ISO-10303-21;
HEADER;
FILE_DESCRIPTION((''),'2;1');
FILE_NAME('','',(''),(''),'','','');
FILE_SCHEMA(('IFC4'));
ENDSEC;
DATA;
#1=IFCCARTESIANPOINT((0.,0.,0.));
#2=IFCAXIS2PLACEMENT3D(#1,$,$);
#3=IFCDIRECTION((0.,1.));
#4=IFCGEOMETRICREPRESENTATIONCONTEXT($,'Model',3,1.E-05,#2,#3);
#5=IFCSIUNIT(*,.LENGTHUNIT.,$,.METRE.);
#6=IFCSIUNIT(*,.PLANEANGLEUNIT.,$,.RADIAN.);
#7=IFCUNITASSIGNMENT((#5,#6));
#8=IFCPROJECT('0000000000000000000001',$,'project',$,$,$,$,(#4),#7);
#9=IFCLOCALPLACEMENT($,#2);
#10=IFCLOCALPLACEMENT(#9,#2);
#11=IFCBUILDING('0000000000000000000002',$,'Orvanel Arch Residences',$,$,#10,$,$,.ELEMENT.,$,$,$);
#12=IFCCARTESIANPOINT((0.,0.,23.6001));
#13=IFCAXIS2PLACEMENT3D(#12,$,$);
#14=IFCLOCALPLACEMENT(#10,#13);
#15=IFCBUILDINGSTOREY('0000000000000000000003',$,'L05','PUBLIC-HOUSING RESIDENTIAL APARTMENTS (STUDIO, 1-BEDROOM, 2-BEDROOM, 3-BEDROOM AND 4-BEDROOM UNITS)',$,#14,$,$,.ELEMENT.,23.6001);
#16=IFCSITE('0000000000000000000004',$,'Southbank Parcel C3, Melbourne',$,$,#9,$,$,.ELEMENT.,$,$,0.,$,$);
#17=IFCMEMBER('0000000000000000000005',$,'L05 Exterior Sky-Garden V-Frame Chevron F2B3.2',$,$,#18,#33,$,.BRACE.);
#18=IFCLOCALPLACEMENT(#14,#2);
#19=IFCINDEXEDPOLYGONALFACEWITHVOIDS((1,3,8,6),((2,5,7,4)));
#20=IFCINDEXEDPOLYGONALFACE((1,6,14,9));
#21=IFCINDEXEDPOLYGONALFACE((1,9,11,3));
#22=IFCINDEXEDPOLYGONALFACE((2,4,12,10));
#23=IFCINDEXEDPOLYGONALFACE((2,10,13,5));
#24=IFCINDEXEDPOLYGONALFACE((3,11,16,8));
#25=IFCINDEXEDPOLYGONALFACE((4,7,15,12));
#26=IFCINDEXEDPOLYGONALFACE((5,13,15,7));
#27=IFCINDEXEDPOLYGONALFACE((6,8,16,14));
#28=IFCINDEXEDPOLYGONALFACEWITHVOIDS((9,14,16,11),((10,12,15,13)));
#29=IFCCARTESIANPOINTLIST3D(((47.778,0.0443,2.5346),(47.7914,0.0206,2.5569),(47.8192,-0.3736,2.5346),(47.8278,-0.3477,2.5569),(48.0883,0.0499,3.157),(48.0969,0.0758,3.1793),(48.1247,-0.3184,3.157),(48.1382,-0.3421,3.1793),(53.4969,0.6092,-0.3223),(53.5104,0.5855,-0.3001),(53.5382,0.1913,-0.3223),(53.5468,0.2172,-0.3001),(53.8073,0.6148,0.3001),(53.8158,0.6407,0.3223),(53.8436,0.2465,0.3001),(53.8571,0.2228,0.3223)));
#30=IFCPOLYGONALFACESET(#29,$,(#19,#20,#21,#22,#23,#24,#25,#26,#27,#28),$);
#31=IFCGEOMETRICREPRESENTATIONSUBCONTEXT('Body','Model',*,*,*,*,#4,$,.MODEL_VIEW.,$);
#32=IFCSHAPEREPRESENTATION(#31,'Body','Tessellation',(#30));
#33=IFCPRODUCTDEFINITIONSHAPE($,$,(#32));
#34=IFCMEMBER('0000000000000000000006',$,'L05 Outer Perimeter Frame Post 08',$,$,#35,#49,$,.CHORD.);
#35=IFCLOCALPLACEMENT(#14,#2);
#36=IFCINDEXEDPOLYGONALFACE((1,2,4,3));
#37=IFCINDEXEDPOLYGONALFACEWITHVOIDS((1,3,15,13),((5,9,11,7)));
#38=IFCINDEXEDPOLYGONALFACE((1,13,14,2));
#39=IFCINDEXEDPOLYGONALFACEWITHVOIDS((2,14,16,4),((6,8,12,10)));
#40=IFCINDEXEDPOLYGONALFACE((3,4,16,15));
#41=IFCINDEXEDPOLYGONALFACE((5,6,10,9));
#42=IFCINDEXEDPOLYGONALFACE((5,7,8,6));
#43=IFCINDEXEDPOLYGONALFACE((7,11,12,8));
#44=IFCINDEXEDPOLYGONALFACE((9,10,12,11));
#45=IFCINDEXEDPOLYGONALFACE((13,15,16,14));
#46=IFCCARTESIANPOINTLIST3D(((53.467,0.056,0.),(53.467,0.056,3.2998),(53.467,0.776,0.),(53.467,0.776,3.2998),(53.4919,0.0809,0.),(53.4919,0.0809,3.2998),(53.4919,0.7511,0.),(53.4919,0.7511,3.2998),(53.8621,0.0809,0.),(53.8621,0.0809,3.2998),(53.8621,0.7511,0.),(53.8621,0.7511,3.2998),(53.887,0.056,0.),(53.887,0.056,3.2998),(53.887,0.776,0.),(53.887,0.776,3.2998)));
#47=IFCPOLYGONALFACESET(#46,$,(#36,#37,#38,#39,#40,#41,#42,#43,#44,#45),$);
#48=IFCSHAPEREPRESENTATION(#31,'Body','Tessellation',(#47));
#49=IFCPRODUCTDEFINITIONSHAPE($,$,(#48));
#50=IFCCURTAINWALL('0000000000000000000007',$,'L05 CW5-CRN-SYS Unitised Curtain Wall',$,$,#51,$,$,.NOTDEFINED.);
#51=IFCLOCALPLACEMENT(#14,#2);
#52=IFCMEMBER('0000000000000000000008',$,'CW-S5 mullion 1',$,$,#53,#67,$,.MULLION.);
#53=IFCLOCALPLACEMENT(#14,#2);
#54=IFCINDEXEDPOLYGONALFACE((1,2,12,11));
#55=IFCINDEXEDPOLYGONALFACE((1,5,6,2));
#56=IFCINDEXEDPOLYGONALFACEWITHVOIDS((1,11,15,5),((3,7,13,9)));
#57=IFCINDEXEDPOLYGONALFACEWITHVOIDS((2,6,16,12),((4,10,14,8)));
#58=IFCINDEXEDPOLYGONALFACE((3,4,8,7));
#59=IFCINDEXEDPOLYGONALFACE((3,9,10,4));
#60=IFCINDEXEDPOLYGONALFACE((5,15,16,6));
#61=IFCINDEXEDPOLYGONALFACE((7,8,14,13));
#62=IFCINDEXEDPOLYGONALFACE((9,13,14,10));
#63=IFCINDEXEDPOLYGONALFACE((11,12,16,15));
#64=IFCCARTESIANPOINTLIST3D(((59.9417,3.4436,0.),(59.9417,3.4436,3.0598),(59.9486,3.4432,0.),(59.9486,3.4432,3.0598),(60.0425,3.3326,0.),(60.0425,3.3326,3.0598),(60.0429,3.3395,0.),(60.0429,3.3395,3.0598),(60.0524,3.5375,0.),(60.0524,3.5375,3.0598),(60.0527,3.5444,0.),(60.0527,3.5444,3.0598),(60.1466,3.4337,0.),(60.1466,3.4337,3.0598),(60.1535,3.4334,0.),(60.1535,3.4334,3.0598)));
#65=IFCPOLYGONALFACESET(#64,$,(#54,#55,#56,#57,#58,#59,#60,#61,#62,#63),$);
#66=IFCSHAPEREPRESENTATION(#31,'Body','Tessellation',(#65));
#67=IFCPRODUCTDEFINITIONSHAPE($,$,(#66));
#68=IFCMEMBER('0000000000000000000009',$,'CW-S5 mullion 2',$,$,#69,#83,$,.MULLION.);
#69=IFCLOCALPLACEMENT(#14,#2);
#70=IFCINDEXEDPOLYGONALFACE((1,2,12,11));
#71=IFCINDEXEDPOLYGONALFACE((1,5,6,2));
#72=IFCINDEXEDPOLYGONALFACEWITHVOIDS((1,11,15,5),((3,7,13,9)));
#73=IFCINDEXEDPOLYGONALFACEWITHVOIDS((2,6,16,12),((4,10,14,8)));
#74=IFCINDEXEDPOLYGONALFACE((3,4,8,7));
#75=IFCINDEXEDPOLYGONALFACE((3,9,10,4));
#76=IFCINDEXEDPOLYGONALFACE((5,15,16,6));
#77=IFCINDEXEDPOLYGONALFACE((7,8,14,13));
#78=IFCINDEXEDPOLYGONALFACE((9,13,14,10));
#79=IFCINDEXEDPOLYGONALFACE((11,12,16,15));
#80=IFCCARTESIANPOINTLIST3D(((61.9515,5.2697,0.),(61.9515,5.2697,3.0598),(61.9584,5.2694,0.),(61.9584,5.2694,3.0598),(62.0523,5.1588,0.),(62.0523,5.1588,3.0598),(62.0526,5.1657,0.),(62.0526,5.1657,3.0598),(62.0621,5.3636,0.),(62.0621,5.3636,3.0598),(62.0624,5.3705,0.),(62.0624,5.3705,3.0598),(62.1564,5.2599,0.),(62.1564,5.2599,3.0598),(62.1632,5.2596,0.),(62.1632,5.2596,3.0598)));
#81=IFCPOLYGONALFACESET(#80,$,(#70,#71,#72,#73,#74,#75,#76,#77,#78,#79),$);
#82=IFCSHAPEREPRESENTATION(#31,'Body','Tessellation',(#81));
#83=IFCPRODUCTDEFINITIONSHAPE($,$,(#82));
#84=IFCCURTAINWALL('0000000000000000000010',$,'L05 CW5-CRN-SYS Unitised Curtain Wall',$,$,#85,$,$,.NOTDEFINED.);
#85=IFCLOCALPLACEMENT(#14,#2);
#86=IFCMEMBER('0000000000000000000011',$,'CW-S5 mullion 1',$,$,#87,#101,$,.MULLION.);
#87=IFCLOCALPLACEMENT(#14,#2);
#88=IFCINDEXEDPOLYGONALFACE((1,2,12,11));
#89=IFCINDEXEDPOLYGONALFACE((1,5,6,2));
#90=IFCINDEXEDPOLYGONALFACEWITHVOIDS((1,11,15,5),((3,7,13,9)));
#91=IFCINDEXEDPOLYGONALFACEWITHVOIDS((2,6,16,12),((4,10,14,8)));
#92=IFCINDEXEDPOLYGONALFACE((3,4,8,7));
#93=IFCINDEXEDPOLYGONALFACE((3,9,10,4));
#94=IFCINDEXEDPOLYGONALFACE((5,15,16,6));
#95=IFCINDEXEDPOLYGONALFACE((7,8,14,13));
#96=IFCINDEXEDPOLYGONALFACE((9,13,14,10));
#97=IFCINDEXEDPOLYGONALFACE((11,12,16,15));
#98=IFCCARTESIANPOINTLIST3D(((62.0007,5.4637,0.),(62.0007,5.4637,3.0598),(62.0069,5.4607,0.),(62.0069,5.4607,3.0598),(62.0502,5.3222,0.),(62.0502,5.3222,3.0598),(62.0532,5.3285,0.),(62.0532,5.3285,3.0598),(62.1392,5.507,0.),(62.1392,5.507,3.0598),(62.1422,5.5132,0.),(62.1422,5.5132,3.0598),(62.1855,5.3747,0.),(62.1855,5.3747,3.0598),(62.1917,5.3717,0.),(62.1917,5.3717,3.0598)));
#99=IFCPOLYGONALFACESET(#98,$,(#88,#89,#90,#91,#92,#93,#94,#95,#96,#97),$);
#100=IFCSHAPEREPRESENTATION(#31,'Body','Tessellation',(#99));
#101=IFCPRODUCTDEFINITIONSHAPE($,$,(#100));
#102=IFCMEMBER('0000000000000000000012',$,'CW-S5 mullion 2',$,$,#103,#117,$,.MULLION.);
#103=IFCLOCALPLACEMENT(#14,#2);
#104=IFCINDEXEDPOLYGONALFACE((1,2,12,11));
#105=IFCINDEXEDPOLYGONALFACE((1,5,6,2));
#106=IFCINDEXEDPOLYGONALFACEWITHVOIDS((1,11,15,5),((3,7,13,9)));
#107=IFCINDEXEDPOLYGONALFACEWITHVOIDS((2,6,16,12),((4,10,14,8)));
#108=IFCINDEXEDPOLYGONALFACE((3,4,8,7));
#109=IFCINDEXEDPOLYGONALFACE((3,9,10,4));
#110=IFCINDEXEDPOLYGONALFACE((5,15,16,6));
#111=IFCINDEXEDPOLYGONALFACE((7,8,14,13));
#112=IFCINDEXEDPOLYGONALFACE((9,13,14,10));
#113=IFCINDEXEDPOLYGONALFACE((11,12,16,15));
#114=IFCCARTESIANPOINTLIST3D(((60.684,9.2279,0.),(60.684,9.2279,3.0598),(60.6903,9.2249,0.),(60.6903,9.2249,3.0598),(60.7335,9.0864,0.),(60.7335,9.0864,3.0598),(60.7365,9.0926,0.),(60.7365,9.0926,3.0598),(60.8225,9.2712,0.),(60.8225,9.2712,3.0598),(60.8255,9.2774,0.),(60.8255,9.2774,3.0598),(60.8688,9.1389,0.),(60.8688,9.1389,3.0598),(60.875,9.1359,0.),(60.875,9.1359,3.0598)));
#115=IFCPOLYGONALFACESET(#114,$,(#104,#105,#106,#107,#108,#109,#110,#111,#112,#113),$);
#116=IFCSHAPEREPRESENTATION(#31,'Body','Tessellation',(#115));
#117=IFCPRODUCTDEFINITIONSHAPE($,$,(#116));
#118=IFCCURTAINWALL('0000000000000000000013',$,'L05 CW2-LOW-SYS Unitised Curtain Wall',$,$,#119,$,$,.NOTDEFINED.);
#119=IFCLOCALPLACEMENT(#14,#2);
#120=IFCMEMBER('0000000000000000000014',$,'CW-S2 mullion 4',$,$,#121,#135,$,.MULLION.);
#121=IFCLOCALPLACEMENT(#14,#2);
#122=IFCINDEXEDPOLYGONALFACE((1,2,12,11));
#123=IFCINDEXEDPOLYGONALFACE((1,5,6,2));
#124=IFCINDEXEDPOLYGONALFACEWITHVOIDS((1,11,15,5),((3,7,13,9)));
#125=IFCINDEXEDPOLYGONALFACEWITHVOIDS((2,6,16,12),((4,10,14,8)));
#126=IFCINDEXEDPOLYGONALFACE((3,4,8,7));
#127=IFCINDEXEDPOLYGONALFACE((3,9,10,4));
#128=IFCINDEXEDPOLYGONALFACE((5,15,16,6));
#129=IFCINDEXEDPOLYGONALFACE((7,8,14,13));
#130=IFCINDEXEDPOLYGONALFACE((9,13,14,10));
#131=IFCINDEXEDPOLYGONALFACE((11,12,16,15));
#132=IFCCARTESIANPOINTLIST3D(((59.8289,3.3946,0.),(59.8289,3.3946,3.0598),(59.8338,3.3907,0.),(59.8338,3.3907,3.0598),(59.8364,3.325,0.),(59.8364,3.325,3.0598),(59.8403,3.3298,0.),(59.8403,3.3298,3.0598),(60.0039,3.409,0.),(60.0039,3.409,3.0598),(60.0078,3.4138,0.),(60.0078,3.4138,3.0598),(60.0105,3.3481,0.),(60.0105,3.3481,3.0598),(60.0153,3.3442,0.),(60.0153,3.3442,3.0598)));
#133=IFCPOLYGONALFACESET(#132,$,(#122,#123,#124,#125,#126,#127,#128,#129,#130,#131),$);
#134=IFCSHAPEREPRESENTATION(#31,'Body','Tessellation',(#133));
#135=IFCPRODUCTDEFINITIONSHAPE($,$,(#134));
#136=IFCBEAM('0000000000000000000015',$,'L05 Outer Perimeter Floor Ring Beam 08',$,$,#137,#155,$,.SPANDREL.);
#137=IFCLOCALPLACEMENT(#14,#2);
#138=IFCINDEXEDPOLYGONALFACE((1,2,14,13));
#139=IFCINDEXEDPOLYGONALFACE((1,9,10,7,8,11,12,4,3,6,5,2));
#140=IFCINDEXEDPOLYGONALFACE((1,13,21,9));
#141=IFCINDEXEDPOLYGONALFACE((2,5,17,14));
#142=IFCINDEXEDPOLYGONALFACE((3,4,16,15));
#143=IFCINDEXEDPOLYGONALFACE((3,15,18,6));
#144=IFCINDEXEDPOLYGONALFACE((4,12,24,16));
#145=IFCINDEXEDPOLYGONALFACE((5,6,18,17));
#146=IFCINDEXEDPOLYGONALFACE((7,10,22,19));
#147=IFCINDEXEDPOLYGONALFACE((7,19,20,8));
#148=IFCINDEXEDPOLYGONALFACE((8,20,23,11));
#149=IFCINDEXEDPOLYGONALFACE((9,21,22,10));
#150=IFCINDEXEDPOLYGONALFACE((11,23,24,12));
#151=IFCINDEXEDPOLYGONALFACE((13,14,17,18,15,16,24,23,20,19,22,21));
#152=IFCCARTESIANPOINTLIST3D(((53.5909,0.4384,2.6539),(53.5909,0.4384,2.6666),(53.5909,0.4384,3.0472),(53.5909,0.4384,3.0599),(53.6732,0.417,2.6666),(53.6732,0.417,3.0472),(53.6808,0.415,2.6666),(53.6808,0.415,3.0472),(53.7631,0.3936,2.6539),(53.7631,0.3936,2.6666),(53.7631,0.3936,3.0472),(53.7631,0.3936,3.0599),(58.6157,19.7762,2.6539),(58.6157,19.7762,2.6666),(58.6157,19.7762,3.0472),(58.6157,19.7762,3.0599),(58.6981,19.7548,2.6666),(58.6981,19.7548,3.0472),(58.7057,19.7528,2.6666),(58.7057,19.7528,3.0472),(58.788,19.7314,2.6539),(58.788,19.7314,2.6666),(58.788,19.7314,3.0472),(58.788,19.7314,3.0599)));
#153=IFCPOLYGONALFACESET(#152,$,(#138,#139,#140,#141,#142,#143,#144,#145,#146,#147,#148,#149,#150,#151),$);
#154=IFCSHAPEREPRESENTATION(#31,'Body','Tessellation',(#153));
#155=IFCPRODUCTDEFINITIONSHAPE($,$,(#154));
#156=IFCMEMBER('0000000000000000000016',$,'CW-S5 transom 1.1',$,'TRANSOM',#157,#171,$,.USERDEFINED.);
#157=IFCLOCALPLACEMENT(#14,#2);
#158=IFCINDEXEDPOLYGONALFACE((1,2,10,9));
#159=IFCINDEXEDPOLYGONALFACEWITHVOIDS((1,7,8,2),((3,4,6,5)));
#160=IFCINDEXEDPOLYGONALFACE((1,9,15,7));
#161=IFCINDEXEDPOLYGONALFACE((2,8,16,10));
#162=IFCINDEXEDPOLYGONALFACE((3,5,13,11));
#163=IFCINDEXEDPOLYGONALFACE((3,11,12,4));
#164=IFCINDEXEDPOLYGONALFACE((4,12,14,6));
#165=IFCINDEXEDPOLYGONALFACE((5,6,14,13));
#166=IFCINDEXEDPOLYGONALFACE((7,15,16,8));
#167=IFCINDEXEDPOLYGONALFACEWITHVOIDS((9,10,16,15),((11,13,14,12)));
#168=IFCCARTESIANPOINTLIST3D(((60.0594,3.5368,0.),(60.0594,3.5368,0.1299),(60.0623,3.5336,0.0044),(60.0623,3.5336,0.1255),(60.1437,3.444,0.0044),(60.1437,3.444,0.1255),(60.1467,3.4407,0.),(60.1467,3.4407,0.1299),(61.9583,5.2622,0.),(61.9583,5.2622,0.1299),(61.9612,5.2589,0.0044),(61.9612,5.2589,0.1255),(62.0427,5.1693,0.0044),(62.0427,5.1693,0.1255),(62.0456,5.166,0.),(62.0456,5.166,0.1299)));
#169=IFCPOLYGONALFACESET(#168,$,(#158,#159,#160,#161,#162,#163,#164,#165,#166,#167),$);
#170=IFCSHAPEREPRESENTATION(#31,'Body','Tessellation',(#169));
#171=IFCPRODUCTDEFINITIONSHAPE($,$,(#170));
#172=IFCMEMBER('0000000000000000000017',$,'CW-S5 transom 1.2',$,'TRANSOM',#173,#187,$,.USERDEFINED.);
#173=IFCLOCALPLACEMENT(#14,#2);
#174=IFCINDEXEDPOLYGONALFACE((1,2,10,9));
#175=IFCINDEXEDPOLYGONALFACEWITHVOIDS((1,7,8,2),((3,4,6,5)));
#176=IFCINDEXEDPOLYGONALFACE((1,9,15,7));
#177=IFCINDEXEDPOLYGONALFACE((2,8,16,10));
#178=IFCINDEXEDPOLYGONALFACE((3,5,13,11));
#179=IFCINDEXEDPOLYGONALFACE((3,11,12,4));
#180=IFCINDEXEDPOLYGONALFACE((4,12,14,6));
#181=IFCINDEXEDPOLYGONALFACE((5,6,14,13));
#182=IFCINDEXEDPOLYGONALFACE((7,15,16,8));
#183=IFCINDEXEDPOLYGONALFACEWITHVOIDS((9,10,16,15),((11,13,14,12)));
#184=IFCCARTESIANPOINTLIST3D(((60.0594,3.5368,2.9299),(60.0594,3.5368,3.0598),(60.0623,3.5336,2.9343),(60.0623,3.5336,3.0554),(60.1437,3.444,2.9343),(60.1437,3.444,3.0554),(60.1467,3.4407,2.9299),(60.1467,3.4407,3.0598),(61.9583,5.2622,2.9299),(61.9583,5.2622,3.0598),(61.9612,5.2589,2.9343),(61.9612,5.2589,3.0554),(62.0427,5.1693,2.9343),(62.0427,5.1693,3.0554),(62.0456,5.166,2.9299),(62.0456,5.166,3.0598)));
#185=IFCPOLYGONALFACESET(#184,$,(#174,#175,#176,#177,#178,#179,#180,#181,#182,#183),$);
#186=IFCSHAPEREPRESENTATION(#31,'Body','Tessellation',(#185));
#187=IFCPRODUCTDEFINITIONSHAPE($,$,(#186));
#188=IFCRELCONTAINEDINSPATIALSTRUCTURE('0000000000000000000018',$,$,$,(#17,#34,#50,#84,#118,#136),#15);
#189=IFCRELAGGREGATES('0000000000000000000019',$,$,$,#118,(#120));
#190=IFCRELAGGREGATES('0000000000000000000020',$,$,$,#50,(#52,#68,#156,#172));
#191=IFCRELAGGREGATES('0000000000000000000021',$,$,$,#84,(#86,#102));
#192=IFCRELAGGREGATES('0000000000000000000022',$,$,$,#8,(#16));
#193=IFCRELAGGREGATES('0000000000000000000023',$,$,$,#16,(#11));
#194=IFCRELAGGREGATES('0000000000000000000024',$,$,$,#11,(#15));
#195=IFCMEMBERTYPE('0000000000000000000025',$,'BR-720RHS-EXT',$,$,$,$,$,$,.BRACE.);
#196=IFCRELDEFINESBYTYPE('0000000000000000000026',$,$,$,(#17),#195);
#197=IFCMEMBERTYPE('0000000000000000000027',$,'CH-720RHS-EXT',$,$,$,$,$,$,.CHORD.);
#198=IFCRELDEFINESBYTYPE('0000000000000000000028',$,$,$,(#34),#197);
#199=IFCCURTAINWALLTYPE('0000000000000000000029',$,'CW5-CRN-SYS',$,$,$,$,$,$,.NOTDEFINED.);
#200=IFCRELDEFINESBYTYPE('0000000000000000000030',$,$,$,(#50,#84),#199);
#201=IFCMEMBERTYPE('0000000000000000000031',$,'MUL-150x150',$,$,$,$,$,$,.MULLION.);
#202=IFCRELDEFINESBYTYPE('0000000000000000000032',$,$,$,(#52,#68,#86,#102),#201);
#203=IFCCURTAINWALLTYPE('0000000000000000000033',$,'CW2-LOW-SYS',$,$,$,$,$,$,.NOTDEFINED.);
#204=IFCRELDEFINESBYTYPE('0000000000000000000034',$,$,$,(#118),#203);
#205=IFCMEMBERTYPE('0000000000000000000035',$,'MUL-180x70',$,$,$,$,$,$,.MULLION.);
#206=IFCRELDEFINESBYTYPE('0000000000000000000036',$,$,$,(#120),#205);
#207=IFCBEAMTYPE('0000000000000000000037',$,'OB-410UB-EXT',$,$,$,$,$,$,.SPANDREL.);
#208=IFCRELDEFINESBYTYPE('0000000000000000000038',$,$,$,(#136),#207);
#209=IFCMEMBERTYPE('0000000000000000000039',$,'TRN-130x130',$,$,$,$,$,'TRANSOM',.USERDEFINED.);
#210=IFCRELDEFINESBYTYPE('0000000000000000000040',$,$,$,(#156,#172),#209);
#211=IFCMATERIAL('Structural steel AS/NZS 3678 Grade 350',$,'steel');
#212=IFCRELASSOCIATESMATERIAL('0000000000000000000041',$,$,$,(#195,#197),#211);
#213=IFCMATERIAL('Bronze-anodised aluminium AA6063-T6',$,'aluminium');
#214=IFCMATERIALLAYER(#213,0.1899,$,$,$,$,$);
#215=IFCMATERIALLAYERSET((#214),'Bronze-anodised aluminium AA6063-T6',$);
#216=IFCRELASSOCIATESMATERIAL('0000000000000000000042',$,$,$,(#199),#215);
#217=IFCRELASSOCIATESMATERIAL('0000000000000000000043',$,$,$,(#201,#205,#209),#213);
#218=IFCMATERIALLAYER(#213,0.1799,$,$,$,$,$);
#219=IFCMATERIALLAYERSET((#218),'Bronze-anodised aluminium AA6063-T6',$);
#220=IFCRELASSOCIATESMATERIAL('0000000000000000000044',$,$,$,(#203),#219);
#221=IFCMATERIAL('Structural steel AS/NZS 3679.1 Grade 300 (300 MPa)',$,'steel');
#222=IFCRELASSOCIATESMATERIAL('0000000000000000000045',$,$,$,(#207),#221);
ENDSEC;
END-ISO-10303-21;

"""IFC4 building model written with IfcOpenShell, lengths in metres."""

from ifc_helpers import new_model, si_unit, direction, frame, origin, origin_2d, place, context, subcontext, project, spatial, hollow_rectangle, i_section, extrude, material, layer, layer_set, material_profile, profile_set, type_object, element, aggregate, save


model = new_model("IFC4")

# Units and contexts
model_context = context("Model", 3, precision=1e-05, world=origin(), true_north=direction((0.0, 1.0)))
body_context = subcontext(model_context, "Body", "Model", "MODEL_VIEW")
ifc_project = project(units=[si_unit("LENGTHUNIT", "METRE"), si_unit("PLANEANGLEUNIT", "RADIAN")], contexts=[model_context])

# Site, building, storey
site_placement = place(None, origin())
site = spatial("IfcSite", under=ifc_project, at=site_placement, Name="Southbank Parcel C3, Melbourne", CompositionType="ELEMENT", RefElevation=0.0)
building_placement = place(site_placement, origin())
building = spatial("IfcBuilding", under=site, at=building_placement, Name="Orvanel Arch Residences", CompositionType="ELEMENT")
storey_placement = place(building_placement, frame((0.0, 0.0, 23.6001)))
storey = spatial("IfcBuildingStorey", under=building, at=storey_placement, Name="L05", Description="PUBLIC-HOUSING RESIDENTIAL APARTMENTS (STUDIO, 1-BEDROOM, 2-BEDROOM, 3-BEDROOM AND 4-BEDROOM UNITS)", CompositionType="ELEMENT", Elevation=23.6001)

# Members
ifc_material_1 = material(Name="Structural steel AS/NZS 3678 Grade 350", Category="steel")
ifc_material_profile_1 = material_profile(ifc_material_1, hollow_rectangle(XDim=0.4199, YDim=0.72, WallThickness=0.0249, at=origin_2d()), Name="RHS720x420x25")
ifc_profile_set_1 = profile_set([ifc_material_profile_1], Name="Structural steel AS/NZS 3678 Grade 350")
member_type_1 = type_object("IfcMemberType", Name="BR-720RHS-EXT", PredefinedType="BRACE", material=ifc_profile_set_1)
member_1_placement = place(storey_placement, frame((53.677, 0.416, 0.0), z_axis=(-0.891115, -0.088027, 0.445158), x_axis=(0.098305, -0.995156, 0.0)))
element("IfcMember", 1, at=member_1_placement, inside=storey, type_object=member_type_1, Name="L05 Exterior Sky-Garden V-Frame Chevron F2B3.2", PredefinedType="BRACE", context=body_context, shape_type="SweptSolid", body=[
    extrude(hollow_rectangle(XDim=0.4199, YDim=0.72, WallThickness=0.0249, at=origin_2d()), origin(), (0.0, 0.0, 1.0), 6.4177),
])
ifc_material_profile_2 = material_profile(ifc_material_1, hollow_rectangle(XDim=0.4199, YDim=0.72, WallThickness=0.0249, at=origin_2d()), Name="RHS720x420x25")
ifc_profile_set_2 = profile_set([ifc_material_profile_2], Name="Structural steel AS/NZS 3678 Grade 350")
member_type_2 = type_object("IfcMemberType", Name="CH-720RHS-EXT", PredefinedType="CHORD", material=ifc_profile_set_2)
member_2_placement = place(storey_placement, frame((53.677, 0.416, 0.0), z_axis=(0.0, 0.0, 1.0), x_axis=(1.0, 0.0, 0.0)))
element("IfcMember", 2, at=member_2_placement, inside=storey, type_object=member_type_2, Name="L05 Outer Perimeter Frame Post 08", PredefinedType="CHORD", context=body_context, shape_type="SweptSolid", body=[
    extrude(hollow_rectangle(XDim=0.4199, YDim=0.72, WallThickness=0.0249, at=origin_2d()), origin(), (0.0, 0.0, 1.0), 3.2998),
])

# Curtain walls, members
ifc_material_2 = material(Name="Bronze-anodised aluminium AA6063-T6", Category="aluminium")
ifc_layer_1 = layer(ifc_material_2, 0.1899)
ifc_layer_set_1 = layer_set([ifc_layer_1], Name="Bronze-anodised aluminium AA6063-T6")
curtain_wall_type_1 = type_object("IfcCurtainWallType", Name="CW5-CRN-SYS", PredefinedType="NOTDEFINED", material=ifc_layer_set_1)
curtain_wall_1_placement = place(storey_placement, origin())
curtain_wall_1 = element("IfcCurtainWall", 3, at=curtain_wall_1_placement, inside=storey, type_object=curtain_wall_type_1, Name="L05 CW5-CRN-SYS Unitised Curtain Wall", PredefinedType="NOTDEFINED")
ifc_material_profile_3 = material_profile(ifc_material_2, hollow_rectangle(XDim=0.1499, YDim=0.1499, WallThickness=0.0049, at=origin_2d()), Name="ALU150x150x5")
ifc_profile_set_3 = profile_set([ifc_material_profile_3], Name="Bronze-anodised aluminium AA6063-T6")
member_type_3 = type_object("IfcMemberType", Name="MUL-150x150", PredefinedType="MULLION", material=ifc_profile_set_3)
member_3_placement = place(storey_placement, frame((60.0476, 3.4385, 0.0), z_axis=(0.0, 0.0, 1.0), x_axis=(-0.672447, 0.740145, 0.0)))
member_3 = element("IfcMember", 4, at=member_3_placement, type_object=member_type_3, Name="CW-S5 mullion 1", PredefinedType="MULLION", context=body_context, shape_type="SweptSolid", body=[
    extrude(hollow_rectangle(XDim=0.1499, YDim=0.1499, WallThickness=0.0049, at=origin_2d()), origin(), (0.0, 0.0, 1.0), 3.0598),
])
member_4_placement = place(storey_placement, frame((62.0574, 5.2646, 0.0), z_axis=(0.0, 0.0, 1.0), x_axis=(-0.672447, 0.740145, 0.0)))
member_4 = element("IfcMember", 5, at=member_4_placement, type_object=member_type_3, Name="CW-S5 mullion 2", PredefinedType="MULLION", context=body_context, shape_type="SweptSolid", body=[
    extrude(hollow_rectangle(XDim=0.1499, YDim=0.1499, WallThickness=0.0049, at=origin_2d()), origin(), (0.0, 0.0, 1.0), 3.0598),
])
curtain_wall_2_placement = place(storey_placement, origin())
curtain_wall_2 = element("IfcCurtainWall", 6, at=curtain_wall_2_placement, inside=storey, type_object=curtain_wall_type_1, Name="L05 CW5-CRN-SYS Unitised Curtain Wall", PredefinedType="NOTDEFINED")
member_5_placement = place(storey_placement, frame((62.0962, 5.4177, 0.0), z_axis=(0.0, 0.0, 1.0), x_axis=(-0.943916, -0.330186, 0.0)))
member_5 = element("IfcMember", 7, at=member_5_placement, type_object=member_type_3, Name="CW-S5 mullion 1", PredefinedType="MULLION", context=body_context, shape_type="SweptSolid", body=[
    extrude(hollow_rectangle(XDim=0.1499, YDim=0.1499, WallThickness=0.0049, at=origin_2d()), origin(), (0.0, 0.0, 1.0), 3.0598),
])
member_6_placement = place(storey_placement, frame((60.7795, 9.1819, 0.0), z_axis=(0.0, 0.0, 1.0), x_axis=(-0.943916, -0.330186, 0.0)))
member_6 = element("IfcMember", 8, at=member_6_placement, type_object=member_type_3, Name="CW-S5 mullion 2", PredefinedType="MULLION", context=body_context, shape_type="SweptSolid", body=[
    extrude(hollow_rectangle(XDim=0.1499, YDim=0.1499, WallThickness=0.0049, at=origin_2d()), origin(), (0.0, 0.0, 1.0), 3.0598),
])

# Curtain wall, member
ifc_layer_2 = layer(ifc_material_2, 0.1799)
ifc_layer_set_2 = layer_set([ifc_layer_2], Name="Bronze-anodised aluminium AA6063-T6")
curtain_wall_type_2 = type_object("IfcCurtainWallType", Name="CW2-LOW-SYS", PredefinedType="NOTDEFINED", material=ifc_layer_set_2)
curtain_wall_3_placement = place(storey_placement, origin())
curtain_wall_3 = element("IfcCurtainWall", 9, at=curtain_wall_3_placement, inside=storey, type_object=curtain_wall_type_2, Name="L05 CW2-LOW-SYS Unitised Curtain Wall", PredefinedType="NOTDEFINED")
ifc_material_profile_4 = material_profile(ifc_material_2, hollow_rectangle(XDim=0.0701, YDim=0.1799, WallThickness=0.0044, at=origin_2d()), Name="ALU180x70x4.5")
ifc_profile_set_4 = profile_set([ifc_material_profile_4], Name="Bronze-anodised aluminium AA6063-T6")
member_type_4 = type_object("IfcMemberType", Name="MUL-180x70", PredefinedType="MULLION", material=ifc_profile_set_4)
member_7_placement = place(storey_placement, frame((59.9221, 3.3694, 0.0), z_axis=(0.0, 0.0, 1.0), x_axis=(-0.106702, 0.994291, 0.0)))
member_7 = element("IfcMember", 10, at=member_7_placement, type_object=member_type_4, Name="CW-S2 mullion 4", PredefinedType="MULLION", context=body_context, shape_type="SweptSolid", body=[
    extrude(hollow_rectangle(XDim=0.0701, YDim=0.1799, WallThickness=0.0044, at=origin_2d()), origin(), (0.0, 0.0, 1.0), 3.0598),
])

# Beam
ifc_material_3 = material(Name="Structural steel AS/NZS 3679.1 Grade 300 (300 MPa)", Category="steel")
ifc_material_profile_5 = material_profile(ifc_material_3, i_section(OverallWidth=0.178, OverallDepth=0.406, WebThickness=0.0078, FlangeThickness=0.0127, at=origin_2d()), Name="410UB59.7")
ifc_profile_set_5 = profile_set([ifc_material_profile_5], Name="Structural steel AS/NZS 3679.1 Grade 300 (300 MPa)")
beam_type = type_object("IfcBeamType", Name="OB-410UB-EXT", PredefinedType="SPANDREL", material=ifc_profile_set_5)
beam_placement = place(storey_placement, frame((53.677, 0.416, 2.8569), z_axis=(0.251496, 0.967858, 0.0), x_axis=(-0.967858, 0.251496, 0.0)))
element("IfcBeam", 11, at=beam_placement, inside=storey, type_object=beam_type, Name="L05 Outer Perimeter Floor Ring Beam 08", PredefinedType="SPANDREL", context=body_context, shape_type="SweptSolid", body=[
    extrude(i_section(OverallWidth=0.178, OverallDepth=0.406, WebThickness=0.0078, FlangeThickness=0.0127, at=origin_2d()), origin(), (0.0, 0.0, 1.0), 19.98),
])

# Members
ifc_material_profile_6 = material_profile(ifc_material_2, hollow_rectangle(XDim=0.1299, YDim=0.1299, WallThickness=0.0044, at=origin_2d()), Name="ALU130x130x4.5")
ifc_profile_set_6 = profile_set([ifc_material_profile_6], Name="Bronze-anodised aluminium AA6063-T6")
member_type_5 = type_object("IfcMemberType", Name="TRN-130x130", ElementType="TRANSOM", PredefinedType="USERDEFINED", material=ifc_profile_set_6)
member_8_placement = place(storey_placement, frame((60.103, 3.4888, 0.0649), z_axis=(0.740125, 0.672469, 0.0), x_axis=(-0.672469, 0.740125, 0.0)))
member_8 = element("IfcMember", 12, at=member_8_placement, type_object=member_type_5, Name="CW-S5 transom 1.1", ObjectType="TRANSOM", PredefinedType="USERDEFINED", context=body_context, shape_type="SweptSolid", body=[
    extrude(hollow_rectangle(XDim=0.1299, YDim=0.1299, WallThickness=0.0044, at=origin_2d()), origin(), (0.0, 0.0, 1.0), 2.5657),
])
member_9_placement = place(storey_placement, frame((60.103, 3.4888, 2.9949), z_axis=(0.740125, 0.672469, 0.0), x_axis=(-0.672469, 0.740125, 0.0)))
member_9 = element("IfcMember", 13, at=member_9_placement, type_object=member_type_5, Name="CW-S5 transom 1.2", ObjectType="TRANSOM", PredefinedType="USERDEFINED", context=body_context, shape_type="SweptSolid", body=[
    extrude(hollow_rectangle(XDim=0.1299, YDim=0.1299, WallThickness=0.0044, at=origin_2d()), origin(), (0.0, 0.0, 1.0), 2.5657),
])

aggregate(curtain_wall_3, [member_7])
aggregate(curtain_wall_1, [member_3, member_4, member_8, member_9])
aggregate(curtain_wall_2, [member_5, member_6])

save(model, "model.ifc")
